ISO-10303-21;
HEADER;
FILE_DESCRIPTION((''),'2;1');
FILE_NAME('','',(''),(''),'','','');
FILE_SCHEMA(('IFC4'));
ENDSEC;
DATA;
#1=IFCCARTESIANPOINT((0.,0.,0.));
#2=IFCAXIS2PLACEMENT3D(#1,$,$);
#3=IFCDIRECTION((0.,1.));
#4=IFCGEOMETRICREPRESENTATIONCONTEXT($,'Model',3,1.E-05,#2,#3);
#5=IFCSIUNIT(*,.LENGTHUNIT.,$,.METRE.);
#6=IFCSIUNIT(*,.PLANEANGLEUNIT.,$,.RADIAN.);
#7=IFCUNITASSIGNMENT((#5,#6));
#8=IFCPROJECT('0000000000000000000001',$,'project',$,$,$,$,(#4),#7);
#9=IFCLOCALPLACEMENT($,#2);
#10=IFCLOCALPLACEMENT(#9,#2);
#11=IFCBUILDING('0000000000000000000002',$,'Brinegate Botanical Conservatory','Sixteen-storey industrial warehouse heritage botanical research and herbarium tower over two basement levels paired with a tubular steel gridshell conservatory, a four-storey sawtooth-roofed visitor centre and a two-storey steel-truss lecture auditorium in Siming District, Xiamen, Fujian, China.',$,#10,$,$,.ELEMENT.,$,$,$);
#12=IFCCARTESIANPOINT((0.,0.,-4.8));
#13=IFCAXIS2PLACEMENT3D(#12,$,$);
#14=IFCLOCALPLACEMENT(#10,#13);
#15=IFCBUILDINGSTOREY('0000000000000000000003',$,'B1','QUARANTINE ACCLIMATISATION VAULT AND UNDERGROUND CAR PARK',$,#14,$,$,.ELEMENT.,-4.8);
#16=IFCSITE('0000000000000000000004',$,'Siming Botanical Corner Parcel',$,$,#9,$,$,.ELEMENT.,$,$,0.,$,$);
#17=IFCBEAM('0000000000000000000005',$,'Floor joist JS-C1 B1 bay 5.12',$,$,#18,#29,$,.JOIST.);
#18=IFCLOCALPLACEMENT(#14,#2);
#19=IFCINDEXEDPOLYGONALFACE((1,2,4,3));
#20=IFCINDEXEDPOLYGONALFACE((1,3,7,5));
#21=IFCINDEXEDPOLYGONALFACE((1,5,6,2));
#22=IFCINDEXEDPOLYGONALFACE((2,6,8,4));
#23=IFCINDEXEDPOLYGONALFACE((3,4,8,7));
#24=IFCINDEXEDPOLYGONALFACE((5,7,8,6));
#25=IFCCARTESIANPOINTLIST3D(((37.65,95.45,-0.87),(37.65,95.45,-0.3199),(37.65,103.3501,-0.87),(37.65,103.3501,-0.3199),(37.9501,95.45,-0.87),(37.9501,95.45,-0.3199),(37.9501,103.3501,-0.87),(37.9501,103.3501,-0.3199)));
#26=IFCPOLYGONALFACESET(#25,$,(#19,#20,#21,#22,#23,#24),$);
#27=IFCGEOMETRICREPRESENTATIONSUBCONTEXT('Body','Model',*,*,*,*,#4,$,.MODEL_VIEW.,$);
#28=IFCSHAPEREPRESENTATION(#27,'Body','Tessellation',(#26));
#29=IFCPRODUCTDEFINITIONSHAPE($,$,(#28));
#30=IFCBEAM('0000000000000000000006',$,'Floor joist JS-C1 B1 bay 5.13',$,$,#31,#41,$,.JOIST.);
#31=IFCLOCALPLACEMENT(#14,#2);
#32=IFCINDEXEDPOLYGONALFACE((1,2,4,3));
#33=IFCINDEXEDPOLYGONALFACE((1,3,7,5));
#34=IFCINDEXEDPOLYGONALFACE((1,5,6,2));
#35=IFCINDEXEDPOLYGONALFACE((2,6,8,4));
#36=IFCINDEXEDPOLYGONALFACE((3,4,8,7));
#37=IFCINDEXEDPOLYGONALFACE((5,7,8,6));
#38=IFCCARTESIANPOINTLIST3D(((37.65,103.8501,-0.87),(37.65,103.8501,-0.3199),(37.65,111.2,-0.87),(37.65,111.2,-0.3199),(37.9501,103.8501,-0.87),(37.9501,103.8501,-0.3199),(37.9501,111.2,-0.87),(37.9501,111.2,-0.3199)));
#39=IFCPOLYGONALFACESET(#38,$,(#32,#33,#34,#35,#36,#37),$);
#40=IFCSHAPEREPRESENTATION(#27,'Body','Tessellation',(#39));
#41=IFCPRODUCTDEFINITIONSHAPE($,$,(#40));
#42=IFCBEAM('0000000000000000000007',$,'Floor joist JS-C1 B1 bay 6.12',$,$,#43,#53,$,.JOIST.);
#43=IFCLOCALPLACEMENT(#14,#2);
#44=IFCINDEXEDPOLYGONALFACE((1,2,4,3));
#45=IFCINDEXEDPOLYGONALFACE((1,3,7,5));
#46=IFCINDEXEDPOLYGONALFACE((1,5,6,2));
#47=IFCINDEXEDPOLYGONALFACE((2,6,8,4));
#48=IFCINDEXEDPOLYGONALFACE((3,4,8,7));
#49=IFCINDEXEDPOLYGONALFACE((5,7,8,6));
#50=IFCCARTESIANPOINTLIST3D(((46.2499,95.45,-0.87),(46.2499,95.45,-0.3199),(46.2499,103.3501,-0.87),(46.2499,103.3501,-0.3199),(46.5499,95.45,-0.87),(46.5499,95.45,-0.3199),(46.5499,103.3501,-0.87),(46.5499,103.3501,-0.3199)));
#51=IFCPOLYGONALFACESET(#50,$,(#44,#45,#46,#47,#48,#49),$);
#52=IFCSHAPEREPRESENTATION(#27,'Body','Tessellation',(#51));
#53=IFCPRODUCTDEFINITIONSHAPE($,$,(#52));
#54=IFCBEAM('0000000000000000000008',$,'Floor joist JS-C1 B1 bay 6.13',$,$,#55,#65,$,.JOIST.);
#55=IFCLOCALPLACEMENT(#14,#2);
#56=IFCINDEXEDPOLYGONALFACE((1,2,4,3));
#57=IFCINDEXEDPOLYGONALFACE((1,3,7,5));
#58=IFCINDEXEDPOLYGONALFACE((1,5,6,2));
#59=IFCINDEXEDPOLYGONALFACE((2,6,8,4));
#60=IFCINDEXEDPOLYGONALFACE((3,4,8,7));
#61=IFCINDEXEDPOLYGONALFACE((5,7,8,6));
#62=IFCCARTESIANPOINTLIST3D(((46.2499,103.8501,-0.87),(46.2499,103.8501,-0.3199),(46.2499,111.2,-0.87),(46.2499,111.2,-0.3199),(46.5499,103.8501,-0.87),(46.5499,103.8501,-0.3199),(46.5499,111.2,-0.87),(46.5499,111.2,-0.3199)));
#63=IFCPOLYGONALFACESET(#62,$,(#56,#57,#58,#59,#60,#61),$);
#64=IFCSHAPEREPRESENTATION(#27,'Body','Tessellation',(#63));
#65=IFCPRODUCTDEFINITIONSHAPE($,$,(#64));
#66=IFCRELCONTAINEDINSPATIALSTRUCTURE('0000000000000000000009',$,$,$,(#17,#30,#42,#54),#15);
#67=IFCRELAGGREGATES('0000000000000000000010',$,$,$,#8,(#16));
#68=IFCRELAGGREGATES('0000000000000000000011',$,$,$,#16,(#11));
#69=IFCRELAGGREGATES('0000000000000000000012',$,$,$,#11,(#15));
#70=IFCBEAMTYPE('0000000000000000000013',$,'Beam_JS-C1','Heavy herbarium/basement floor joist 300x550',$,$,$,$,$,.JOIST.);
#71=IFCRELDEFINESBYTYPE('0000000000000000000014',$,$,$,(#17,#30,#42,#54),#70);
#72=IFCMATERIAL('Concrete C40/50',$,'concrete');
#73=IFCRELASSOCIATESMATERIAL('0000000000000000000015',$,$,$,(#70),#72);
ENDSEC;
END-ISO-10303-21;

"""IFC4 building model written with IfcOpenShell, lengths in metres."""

from ifc_helpers import new_model, si_unit, direction, frame, origin, origin_2d, place, context, subcontext, project, spatial, rectangle, extrude, material, material_profile, profile_set, type_object, element, save


model = new_model("IFC4")

# Units and contexts
model_context = context("Model", 3, precision=1e-05, world=origin(), true_north=direction((0.0, 1.0)))
body_context = subcontext(model_context, "Body", "Model", "MODEL_VIEW")
ifc_project = project(units=[si_unit("LENGTHUNIT", "METRE"), si_unit("PLANEANGLEUNIT", "RADIAN")], contexts=[model_context])

# Site, building, storey
site_placement = place(None, origin())
site = spatial("IfcSite", under=ifc_project, at=site_placement, Name="Siming Botanical Corner Parcel", CompositionType="ELEMENT", RefElevation=0.0)
building_placement = place(site_placement, origin())
building = spatial("IfcBuilding", under=site, at=building_placement, Name="Brinegate Botanical Conservatory", Description="Sixteen-storey industrial warehouse heritage botanical research and herbarium tower over two basement levels paired with a tubular steel gridshell conservatory, a four-storey sawtooth-roofed visitor centre and a two-storey steel-truss lecture auditorium in Siming District, Xiamen, Fujian, China.", CompositionType="ELEMENT")
storey_placement = place(building_placement, frame((0.0, 0.0, -4.8)))
storey = spatial("IfcBuildingStorey", under=building, at=storey_placement, Name="B1", Description="QUARANTINE ACCLIMATISATION VAULT AND UNDERGROUND CAR PARK", CompositionType="ELEMENT", Elevation=-4.8)

# Shared definitions
ifc_material = material(Name="Concrete C40/50", Category="concrete")

# Beams
ifc_material_profile_1 = material_profile(ifc_material, rectangle(XDim=0.3, YDim=0.55, at=origin_2d()), Name="RC JST 300x550")
ifc_profile_set_1 = profile_set([ifc_material_profile_1], Name="Concrete C40/50")
beam_type_1 = type_object("IfcBeamType", Name="Beam_JS-C1", Description="Heavy herbarium/basement floor joist 300x550", PredefinedType="JOIST", material=ifc_profile_set_1)
beam_1_placement = place(storey_placement, frame((37.8, 95.45, -0.595), z_axis=(0.0, 1.0, 0.0), x_axis=(-1.0, 0.0, 0.0)))
element("IfcBeam", 1, at=beam_1_placement, inside=storey, type_object=beam_type_1, Name="Floor joist JS-C1 B1 bay 5.12", PredefinedType="JOIST", context=body_context, shape_type="SweptSolid", body=[
    extrude(rectangle(XDim=0.3, YDim=0.55, at=origin_2d()), origin(), (0.0, 0.0, 1.0), 7.9001),
])
beam_2_placement = place(storey_placement, frame((37.8, 103.8501, -0.595), z_axis=(0.0, 1.0, 0.0), x_axis=(-1.0, 0.0, 0.0)))
element("IfcBeam", 2, at=beam_2_placement, inside=storey, type_object=beam_type_1, Name="Floor joist JS-C1 B1 bay 5.13", PredefinedType="JOIST", context=body_context, shape_type="SweptSolid", body=[
    extrude(rectangle(XDim=0.3, YDim=0.55, at=origin_2d()), origin(), (0.0, 0.0, 1.0), 7.3499),
])
beam_3_placement = place(storey_placement, frame((46.3999, 95.45, -0.595), z_axis=(0.0, 1.0, 0.0), x_axis=(-1.0, 0.0, 0.0)))
element("IfcBeam", 3, at=beam_3_placement, inside=storey, type_object=beam_type_1, Name="Floor joist JS-C1 B1 bay 6.12", PredefinedType="JOIST", context=body_context, shape_type="SweptSolid", body=[
    extrude(rectangle(XDim=0.3, YDim=0.55, at=origin_2d()), origin(), (0.0, 0.0, 1.0), 7.9001),
])
beam_4_placement = place(storey_placement, frame((46.3999, 103.8501, -0.595), z_axis=(0.0, 1.0, 0.0), x_axis=(-1.0, 0.0, 0.0)))
element("IfcBeam", 4, at=beam_4_placement, inside=storey, type_object=beam_type_1, Name="Floor joist JS-C1 B1 bay 6.13", PredefinedType="JOIST", context=body_context, shape_type="SweptSolid", body=[
    extrude(rectangle(XDim=0.3, YDim=0.55, at=origin_2d()), origin(), (0.0, 0.0, 1.0), 7.3499),
])

save(model, "model.ifc")
